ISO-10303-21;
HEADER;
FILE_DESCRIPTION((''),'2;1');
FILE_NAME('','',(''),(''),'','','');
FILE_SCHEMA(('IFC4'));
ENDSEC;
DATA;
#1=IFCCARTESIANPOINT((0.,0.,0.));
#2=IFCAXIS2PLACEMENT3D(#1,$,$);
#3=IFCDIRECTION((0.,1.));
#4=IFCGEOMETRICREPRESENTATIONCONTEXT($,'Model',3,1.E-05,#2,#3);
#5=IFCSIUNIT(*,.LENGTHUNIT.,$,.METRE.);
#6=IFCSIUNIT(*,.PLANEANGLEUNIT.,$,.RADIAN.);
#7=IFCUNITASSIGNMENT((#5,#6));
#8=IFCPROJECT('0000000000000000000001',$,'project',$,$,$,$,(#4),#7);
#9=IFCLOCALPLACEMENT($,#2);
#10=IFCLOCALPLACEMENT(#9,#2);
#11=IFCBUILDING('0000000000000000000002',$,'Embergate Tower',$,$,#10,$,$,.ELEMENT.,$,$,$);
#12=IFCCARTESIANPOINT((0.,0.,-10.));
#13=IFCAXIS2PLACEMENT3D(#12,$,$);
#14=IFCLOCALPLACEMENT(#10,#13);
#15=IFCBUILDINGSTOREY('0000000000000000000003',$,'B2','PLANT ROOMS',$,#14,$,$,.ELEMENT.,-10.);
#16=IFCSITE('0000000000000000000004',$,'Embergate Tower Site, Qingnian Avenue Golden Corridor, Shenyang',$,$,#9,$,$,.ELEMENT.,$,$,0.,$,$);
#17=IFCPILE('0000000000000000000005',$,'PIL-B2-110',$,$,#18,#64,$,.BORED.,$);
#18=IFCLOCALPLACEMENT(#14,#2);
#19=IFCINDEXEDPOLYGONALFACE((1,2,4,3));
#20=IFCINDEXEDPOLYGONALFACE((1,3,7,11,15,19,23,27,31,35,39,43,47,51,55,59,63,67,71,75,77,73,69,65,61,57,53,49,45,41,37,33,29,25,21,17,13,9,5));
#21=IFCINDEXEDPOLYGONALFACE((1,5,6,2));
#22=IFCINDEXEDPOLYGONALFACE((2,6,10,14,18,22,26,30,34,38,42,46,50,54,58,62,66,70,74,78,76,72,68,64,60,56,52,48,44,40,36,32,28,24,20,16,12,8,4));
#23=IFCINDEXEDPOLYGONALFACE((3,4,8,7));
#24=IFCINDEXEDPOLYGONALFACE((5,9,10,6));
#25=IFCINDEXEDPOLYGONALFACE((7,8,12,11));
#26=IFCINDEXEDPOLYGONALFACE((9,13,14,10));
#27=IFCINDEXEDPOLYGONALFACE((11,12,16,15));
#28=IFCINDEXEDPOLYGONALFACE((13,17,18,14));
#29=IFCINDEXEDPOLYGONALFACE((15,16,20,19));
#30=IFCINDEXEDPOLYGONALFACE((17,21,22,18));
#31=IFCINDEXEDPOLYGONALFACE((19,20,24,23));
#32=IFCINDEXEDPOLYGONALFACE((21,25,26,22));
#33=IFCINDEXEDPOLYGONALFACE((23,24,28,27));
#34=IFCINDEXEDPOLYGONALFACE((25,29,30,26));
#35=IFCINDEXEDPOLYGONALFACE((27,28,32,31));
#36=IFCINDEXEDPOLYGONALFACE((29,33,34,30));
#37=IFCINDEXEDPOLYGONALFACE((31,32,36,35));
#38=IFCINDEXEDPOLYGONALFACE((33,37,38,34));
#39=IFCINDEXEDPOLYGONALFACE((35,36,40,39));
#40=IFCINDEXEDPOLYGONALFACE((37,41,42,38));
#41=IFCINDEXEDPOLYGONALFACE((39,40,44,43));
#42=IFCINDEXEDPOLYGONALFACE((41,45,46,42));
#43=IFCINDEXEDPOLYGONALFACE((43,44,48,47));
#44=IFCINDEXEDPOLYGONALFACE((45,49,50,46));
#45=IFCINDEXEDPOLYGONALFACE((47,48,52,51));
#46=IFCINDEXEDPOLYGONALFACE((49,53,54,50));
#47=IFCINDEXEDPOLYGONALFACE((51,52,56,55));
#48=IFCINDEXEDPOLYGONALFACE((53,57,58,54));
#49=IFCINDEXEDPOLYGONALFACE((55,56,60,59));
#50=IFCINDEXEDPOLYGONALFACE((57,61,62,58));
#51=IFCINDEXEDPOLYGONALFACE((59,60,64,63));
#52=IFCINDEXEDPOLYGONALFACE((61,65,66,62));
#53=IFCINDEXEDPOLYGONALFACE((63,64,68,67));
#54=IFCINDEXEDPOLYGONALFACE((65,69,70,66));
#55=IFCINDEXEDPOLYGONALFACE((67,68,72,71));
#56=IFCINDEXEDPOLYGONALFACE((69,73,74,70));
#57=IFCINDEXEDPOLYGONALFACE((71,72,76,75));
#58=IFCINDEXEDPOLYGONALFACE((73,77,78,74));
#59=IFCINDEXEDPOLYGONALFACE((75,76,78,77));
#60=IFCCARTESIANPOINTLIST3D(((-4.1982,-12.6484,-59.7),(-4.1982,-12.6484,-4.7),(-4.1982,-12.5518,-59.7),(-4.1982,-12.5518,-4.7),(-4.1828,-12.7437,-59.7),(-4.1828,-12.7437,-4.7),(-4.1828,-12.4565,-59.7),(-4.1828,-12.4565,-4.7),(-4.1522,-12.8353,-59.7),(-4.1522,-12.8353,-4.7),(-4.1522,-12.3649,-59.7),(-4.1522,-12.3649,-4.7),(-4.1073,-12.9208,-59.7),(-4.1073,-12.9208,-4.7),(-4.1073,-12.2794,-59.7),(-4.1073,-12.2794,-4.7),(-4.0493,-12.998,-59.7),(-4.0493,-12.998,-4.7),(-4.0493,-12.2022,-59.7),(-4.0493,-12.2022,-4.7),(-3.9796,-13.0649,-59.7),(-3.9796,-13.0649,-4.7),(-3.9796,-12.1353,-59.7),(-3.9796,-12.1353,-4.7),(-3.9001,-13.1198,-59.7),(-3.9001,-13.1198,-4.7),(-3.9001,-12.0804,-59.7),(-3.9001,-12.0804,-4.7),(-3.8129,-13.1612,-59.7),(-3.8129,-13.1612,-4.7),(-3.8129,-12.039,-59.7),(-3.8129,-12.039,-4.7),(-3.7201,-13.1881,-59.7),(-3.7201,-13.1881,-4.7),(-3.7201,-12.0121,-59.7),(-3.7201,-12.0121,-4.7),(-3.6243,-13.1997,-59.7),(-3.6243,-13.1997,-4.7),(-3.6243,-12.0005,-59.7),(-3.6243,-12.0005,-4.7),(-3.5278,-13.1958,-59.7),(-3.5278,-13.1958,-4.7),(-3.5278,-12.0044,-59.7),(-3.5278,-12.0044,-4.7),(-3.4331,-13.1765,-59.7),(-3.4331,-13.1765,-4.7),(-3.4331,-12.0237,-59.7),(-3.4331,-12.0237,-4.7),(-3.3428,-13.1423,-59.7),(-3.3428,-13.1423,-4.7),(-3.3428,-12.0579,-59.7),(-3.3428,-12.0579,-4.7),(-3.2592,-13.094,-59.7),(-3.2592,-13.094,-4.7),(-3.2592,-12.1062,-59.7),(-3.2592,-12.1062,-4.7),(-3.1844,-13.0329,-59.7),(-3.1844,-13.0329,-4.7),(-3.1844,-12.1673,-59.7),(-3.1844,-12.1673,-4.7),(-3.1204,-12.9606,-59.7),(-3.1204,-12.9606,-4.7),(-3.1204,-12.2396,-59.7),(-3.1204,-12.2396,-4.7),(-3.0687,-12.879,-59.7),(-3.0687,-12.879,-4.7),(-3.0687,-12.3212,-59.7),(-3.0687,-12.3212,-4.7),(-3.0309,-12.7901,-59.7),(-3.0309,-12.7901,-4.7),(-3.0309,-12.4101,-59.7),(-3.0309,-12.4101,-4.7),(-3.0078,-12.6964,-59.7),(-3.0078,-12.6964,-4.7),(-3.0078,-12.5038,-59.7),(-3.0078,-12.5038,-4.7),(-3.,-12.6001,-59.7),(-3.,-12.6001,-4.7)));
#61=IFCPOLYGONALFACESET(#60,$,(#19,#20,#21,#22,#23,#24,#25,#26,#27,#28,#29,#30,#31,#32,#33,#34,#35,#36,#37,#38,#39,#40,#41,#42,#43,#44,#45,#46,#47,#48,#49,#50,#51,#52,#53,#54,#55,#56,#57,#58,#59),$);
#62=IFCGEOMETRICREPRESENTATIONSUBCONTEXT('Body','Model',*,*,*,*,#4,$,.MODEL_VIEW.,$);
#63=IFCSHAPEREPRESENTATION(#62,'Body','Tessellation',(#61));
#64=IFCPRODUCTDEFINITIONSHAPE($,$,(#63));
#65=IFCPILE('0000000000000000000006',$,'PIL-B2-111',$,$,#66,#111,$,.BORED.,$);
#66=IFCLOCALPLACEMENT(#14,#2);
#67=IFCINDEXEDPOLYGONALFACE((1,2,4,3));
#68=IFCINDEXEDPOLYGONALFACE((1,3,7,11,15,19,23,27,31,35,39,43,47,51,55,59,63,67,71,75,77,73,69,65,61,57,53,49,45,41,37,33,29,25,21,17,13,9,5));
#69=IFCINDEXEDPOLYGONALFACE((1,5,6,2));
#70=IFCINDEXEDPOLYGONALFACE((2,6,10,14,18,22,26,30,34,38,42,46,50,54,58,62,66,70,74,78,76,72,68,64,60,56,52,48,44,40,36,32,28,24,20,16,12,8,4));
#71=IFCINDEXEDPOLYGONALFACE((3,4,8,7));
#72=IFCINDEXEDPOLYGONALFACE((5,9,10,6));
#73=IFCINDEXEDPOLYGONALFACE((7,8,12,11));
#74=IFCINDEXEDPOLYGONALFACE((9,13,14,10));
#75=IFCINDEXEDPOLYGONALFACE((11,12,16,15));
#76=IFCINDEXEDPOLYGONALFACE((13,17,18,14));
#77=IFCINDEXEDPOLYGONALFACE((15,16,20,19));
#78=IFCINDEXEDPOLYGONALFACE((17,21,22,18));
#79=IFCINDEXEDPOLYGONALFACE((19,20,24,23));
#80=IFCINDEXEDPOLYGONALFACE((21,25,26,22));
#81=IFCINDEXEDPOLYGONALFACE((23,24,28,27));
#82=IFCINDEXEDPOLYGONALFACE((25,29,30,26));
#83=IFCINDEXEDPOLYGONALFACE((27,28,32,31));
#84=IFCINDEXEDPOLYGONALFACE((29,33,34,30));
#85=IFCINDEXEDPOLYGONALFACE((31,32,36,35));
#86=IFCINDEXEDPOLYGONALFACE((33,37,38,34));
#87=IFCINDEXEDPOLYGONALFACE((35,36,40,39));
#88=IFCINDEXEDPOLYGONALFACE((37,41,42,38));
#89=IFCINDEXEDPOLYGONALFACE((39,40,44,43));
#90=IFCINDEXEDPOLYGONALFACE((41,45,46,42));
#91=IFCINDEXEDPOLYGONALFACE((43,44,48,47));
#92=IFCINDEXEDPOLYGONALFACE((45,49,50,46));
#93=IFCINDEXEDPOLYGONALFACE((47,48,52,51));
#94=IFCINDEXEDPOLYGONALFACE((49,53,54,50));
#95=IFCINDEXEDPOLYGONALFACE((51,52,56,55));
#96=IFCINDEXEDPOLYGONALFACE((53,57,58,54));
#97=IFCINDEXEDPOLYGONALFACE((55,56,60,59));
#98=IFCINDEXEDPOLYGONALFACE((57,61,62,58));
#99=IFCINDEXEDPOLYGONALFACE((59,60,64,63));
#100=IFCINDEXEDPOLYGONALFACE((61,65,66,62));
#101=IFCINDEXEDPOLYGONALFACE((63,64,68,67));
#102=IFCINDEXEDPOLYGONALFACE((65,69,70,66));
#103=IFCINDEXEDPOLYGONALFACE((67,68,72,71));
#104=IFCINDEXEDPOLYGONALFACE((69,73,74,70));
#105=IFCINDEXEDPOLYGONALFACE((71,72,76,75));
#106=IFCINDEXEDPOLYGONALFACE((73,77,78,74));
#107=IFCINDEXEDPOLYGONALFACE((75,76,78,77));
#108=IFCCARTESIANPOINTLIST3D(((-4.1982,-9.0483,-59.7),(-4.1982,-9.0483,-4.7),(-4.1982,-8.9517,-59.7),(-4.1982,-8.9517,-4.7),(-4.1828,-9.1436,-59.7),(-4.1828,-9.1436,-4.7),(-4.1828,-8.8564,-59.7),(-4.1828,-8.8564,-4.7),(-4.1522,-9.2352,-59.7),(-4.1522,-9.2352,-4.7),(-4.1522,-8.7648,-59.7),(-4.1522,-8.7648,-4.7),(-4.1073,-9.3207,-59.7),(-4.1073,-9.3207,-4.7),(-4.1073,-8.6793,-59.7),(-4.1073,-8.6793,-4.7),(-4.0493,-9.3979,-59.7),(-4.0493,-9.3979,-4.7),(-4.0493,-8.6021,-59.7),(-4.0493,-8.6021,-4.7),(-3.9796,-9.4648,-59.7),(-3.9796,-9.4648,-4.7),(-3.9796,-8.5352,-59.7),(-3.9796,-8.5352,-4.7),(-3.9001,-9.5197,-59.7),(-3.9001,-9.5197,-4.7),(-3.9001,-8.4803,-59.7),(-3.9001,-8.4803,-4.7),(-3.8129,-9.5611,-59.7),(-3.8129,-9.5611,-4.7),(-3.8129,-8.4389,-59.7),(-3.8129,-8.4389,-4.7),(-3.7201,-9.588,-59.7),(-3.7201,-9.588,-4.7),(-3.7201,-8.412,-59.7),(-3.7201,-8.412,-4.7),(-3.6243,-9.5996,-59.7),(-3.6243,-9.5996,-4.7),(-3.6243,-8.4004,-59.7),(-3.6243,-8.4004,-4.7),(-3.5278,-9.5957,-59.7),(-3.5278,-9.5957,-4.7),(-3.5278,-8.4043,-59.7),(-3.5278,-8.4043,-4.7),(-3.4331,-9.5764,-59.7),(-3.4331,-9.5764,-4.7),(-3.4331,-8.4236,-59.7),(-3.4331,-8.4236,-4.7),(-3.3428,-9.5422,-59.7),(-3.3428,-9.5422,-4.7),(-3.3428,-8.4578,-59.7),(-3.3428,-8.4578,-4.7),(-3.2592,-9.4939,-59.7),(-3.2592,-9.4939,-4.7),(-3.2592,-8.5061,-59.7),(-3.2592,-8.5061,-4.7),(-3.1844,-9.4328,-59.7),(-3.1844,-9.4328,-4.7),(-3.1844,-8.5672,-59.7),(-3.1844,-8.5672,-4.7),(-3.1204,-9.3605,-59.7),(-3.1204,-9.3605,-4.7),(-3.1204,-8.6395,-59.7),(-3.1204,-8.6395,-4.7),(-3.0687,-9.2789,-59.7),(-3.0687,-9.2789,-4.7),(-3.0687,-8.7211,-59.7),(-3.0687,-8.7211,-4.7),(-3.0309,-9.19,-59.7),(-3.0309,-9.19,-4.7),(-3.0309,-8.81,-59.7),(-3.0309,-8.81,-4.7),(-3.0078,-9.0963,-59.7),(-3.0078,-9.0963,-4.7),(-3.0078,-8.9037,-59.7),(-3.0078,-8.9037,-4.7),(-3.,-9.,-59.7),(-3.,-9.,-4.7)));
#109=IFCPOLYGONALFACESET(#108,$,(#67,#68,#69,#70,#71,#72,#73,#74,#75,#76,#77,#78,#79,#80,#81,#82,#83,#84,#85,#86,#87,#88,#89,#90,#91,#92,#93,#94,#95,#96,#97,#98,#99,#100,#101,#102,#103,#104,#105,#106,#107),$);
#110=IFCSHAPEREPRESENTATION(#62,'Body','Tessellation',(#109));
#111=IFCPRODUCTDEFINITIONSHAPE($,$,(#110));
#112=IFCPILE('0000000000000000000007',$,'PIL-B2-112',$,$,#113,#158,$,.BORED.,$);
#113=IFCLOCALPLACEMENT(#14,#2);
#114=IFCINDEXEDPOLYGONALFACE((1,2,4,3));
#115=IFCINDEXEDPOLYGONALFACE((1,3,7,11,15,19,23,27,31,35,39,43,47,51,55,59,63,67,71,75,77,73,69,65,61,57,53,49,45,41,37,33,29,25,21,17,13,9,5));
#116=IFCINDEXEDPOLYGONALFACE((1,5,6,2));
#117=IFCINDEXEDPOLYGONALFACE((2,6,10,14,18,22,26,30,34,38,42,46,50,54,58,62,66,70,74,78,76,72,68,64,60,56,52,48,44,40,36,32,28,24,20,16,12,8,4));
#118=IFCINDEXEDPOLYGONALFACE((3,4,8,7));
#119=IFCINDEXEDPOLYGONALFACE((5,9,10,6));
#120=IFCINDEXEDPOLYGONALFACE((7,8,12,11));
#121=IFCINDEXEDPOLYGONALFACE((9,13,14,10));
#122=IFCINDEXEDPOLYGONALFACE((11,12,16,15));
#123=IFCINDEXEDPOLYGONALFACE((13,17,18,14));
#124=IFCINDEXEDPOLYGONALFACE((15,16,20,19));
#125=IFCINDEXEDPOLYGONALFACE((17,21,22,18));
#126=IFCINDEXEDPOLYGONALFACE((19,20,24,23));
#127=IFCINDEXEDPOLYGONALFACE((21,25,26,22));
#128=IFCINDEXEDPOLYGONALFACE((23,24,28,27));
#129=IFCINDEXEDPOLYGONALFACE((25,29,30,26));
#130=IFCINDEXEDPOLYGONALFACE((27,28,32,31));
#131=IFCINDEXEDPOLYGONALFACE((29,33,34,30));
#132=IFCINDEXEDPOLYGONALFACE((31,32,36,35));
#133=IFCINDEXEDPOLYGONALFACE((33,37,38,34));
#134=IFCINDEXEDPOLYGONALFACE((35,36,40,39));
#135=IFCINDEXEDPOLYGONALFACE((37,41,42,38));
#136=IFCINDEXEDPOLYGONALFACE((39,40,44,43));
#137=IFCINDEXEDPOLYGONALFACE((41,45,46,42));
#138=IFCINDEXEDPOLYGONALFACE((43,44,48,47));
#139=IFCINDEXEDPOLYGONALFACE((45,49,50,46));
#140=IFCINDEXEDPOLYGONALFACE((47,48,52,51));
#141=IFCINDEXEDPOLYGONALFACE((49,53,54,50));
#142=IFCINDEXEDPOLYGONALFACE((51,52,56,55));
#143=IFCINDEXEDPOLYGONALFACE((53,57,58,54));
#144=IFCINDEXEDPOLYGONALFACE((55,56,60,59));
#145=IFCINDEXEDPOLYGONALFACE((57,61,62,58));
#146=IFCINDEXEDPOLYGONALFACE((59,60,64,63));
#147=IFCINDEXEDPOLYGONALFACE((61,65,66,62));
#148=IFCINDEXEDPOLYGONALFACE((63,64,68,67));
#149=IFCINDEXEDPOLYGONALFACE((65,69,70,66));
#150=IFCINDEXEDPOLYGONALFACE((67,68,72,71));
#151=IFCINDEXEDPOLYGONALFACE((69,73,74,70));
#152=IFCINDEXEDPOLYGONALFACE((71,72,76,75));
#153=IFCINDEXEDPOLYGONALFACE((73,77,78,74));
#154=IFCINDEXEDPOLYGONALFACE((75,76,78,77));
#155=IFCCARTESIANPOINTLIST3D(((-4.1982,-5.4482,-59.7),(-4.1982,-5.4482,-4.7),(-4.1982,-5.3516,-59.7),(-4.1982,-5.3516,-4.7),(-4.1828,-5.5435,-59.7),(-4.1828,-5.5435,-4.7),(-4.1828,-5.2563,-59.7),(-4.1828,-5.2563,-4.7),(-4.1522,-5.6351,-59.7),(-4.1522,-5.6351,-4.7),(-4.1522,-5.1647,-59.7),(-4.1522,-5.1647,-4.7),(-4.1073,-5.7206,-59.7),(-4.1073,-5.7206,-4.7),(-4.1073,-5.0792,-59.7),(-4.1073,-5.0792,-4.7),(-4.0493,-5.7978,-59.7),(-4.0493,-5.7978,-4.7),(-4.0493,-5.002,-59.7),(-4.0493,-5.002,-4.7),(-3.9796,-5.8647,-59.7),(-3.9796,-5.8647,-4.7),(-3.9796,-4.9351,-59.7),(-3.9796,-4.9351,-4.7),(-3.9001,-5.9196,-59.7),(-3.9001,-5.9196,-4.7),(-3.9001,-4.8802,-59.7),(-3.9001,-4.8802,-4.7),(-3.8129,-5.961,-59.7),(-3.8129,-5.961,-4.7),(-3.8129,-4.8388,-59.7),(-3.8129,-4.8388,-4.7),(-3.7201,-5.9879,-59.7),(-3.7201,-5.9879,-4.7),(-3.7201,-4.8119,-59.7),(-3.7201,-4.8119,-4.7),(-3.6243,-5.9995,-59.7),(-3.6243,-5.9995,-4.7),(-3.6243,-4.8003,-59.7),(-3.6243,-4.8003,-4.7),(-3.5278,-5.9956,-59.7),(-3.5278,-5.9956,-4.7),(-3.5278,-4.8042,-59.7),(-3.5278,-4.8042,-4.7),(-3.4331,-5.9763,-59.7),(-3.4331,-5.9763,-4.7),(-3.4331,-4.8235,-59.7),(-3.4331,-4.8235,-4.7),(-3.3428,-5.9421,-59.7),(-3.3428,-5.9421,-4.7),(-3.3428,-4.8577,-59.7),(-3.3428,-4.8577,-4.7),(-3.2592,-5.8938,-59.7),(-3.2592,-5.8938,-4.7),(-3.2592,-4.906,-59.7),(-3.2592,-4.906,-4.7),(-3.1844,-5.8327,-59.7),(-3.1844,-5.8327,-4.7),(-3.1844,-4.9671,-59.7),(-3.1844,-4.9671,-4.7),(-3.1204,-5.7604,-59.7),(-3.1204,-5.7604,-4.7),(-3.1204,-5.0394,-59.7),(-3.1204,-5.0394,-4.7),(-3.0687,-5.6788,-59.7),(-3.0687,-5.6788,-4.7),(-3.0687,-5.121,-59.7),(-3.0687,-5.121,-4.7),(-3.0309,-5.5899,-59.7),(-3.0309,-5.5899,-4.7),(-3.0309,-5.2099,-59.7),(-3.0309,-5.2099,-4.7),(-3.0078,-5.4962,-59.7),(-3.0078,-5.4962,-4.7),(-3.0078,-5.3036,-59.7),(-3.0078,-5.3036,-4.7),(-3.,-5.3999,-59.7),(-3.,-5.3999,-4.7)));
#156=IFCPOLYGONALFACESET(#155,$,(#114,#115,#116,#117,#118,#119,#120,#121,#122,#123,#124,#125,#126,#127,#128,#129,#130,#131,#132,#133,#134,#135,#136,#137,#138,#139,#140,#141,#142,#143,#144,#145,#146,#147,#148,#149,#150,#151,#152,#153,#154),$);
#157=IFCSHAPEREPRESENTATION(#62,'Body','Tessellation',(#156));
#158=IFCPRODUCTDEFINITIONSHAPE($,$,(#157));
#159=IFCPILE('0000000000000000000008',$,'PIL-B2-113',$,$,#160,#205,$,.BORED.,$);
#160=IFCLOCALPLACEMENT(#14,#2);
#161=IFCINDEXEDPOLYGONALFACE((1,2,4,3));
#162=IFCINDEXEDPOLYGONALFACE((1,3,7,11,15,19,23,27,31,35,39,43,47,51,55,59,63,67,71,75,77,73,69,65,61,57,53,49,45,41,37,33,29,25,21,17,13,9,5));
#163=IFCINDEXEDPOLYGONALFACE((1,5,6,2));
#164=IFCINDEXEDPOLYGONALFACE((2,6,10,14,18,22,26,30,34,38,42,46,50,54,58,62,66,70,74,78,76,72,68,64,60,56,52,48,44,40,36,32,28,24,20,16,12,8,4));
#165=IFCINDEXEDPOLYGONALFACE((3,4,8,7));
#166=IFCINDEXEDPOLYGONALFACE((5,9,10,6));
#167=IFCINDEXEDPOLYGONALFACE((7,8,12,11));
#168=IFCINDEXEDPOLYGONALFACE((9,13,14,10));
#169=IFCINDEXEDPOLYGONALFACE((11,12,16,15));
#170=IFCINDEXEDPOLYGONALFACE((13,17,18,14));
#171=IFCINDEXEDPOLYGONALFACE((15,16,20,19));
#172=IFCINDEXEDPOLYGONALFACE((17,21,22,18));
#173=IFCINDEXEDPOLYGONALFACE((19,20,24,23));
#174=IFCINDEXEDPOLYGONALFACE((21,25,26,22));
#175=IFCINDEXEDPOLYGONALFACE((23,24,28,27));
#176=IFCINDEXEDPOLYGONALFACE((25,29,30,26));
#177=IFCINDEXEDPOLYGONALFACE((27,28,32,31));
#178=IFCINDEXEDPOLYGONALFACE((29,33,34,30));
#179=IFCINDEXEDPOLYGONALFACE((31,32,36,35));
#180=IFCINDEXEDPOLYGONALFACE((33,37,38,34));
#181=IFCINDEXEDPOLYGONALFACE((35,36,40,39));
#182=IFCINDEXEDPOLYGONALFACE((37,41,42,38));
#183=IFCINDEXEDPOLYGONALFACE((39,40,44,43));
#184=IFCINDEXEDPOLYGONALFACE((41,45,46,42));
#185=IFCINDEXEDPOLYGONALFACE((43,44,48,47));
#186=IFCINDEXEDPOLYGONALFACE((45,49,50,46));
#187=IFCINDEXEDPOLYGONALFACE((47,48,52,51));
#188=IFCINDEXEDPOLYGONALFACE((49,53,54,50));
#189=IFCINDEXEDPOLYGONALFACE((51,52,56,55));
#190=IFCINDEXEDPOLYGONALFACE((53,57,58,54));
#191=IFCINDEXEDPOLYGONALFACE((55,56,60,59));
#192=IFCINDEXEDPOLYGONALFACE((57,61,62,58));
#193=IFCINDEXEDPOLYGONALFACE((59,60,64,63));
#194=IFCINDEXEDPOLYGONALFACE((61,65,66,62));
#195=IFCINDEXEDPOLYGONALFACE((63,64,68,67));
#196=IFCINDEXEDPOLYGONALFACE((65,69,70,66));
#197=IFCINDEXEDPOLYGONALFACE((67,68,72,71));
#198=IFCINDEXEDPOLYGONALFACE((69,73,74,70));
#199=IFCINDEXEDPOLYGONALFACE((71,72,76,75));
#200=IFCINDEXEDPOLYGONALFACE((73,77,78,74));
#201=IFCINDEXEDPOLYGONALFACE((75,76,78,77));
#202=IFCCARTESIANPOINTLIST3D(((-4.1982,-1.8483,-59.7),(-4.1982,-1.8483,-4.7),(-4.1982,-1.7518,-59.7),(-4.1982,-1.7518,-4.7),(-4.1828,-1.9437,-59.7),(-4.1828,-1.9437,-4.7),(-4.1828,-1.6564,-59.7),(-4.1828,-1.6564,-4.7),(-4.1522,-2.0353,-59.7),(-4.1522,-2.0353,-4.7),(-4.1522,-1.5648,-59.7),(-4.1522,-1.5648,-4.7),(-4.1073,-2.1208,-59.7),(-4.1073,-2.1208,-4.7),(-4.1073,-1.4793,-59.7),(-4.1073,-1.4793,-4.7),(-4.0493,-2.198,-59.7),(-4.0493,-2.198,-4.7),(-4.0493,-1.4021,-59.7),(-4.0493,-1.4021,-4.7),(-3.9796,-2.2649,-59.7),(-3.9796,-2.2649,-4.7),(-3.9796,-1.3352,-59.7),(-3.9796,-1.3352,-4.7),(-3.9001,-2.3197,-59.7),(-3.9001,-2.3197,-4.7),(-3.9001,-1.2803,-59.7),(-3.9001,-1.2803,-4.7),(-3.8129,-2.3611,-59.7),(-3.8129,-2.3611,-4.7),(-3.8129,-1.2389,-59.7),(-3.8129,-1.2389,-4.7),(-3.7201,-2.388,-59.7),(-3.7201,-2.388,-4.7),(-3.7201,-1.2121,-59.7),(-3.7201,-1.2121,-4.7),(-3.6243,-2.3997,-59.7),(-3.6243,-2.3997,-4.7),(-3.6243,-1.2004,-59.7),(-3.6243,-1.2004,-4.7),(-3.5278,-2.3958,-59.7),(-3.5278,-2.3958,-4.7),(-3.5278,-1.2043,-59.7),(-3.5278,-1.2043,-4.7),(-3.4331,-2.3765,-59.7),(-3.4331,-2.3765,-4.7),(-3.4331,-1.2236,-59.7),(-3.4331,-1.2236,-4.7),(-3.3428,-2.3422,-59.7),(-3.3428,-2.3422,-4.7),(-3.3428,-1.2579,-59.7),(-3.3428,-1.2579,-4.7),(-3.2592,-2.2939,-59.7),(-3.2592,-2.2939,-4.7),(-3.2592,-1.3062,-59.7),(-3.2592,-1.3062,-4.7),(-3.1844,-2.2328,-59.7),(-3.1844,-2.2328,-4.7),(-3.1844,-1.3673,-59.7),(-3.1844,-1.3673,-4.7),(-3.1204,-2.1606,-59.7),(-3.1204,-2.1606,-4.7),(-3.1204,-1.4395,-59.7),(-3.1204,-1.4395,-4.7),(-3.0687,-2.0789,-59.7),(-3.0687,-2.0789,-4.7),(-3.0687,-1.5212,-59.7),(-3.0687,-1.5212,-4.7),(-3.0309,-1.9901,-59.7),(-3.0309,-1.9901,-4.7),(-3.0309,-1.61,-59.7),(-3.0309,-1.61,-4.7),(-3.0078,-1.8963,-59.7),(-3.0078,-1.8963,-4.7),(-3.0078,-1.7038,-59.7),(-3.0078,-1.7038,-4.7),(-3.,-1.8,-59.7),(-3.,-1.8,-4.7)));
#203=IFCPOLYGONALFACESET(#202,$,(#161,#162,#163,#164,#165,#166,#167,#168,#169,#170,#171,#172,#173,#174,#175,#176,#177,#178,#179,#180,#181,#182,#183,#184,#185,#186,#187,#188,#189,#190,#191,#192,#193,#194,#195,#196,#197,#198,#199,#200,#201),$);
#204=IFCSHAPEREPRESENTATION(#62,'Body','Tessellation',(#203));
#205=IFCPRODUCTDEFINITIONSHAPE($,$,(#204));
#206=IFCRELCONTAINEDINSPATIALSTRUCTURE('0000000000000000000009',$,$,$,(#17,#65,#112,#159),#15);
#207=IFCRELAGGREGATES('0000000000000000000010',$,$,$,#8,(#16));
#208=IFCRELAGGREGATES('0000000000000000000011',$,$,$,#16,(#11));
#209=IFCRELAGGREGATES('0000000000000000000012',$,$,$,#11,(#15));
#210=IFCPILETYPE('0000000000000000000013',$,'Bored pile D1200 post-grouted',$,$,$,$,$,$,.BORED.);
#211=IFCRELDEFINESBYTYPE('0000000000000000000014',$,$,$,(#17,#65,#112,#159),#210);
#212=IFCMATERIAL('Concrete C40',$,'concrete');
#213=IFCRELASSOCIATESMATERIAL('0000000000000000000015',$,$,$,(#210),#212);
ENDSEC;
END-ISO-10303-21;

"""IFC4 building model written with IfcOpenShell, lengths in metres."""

from ifc_helpers import new_model, si_unit, direction, frame, origin, origin_2d, place, context, subcontext, project, spatial, circle, extrude, source, transform, mapped, material, material_profile, profile_set, type_object, element, save


model = new_model("IFC4")

# Units and contexts
model_context = context("Model", 3, precision=1e-05, world=origin(), true_north=direction((0.0, 1.0)))
body_context = subcontext(model_context, "Body", "Model", "MODEL_VIEW")
ifc_project = project(units=[si_unit("LENGTHUNIT", "METRE"), si_unit("PLANEANGLEUNIT", "RADIAN")], contexts=[model_context])

# Site, building, storey
site_placement = place(None, origin())
site = spatial("IfcSite", under=ifc_project, at=site_placement, Name="Embergate Tower Site, Qingnian Avenue Golden Corridor, Shenyang", CompositionType="ELEMENT", RefElevation=0.0)
building_placement = place(site_placement, origin())
building = spatial("IfcBuilding", under=site, at=building_placement, Name="Embergate Tower", CompositionType="ELEMENT")
storey_placement = place(building_placement, frame((0.0, 0.0, -10.0)))
storey = spatial("IfcBuildingStorey", under=building, at=storey_placement, Name="B2", Description="PLANT ROOMS", CompositionType="ELEMENT", Elevation=-10.0)

# Piles
ifc_material_1 = material(Name="Concrete C40", Category="concrete")
ifc_material_profile = material_profile(ifc_material_1, circle(Radius=0.6001, at=origin_2d()), Name="D1200")
ifc_profile_set = profile_set([ifc_material_profile], Name="Concrete C40")
pile_type = type_object("IfcPileType", Name="Bored pile D1200 post-grouted", PredefinedType="BORED", material=ifc_profile_set)
shared_shape_1 = source(origin(), body_context, "Body", "SweptSolid", [
    extrude(circle(Radius=0.6001, at=origin_2d()), origin(), (0.0, 0.0, 1.0), 55.0),
])
for number, where, z_axis, x_axis, name in (
    (1, (-3.6001, -12.6001, -4.7), (0.0, 0.0, -1.0), (1.0, 0.0, 0.0), "PIL-B2-110"),
    (2, (-3.6001, -9.0, -4.7), (0.0, 0.0, -1.0), (1.0, 0.0, 0.0), "PIL-B2-111"),
    (3, (-3.6001, -5.3999, -4.7), (0.0, 0.0, -1.0), (1.0, 0.0, 0.0), "PIL-B2-112"),
    (4, (-3.6001, -1.8, -4.7), (0.0, 0.0, -1.0), (1.0, 0.0, 0.0), "PIL-B2-113"),
):
    element("IfcPile", number, at=place(storey_placement, frame(where, z_axis=z_axis, x_axis=x_axis)), inside=storey, type_object=pile_type, Name=name, PredefinedType="BORED", context=body_context, shape_type="MappedRepresentation", body=[
        mapped(shared_shape_1, transform((0.0, 0.0, 0.0))),
    ])

save(model, "model.ifc")
